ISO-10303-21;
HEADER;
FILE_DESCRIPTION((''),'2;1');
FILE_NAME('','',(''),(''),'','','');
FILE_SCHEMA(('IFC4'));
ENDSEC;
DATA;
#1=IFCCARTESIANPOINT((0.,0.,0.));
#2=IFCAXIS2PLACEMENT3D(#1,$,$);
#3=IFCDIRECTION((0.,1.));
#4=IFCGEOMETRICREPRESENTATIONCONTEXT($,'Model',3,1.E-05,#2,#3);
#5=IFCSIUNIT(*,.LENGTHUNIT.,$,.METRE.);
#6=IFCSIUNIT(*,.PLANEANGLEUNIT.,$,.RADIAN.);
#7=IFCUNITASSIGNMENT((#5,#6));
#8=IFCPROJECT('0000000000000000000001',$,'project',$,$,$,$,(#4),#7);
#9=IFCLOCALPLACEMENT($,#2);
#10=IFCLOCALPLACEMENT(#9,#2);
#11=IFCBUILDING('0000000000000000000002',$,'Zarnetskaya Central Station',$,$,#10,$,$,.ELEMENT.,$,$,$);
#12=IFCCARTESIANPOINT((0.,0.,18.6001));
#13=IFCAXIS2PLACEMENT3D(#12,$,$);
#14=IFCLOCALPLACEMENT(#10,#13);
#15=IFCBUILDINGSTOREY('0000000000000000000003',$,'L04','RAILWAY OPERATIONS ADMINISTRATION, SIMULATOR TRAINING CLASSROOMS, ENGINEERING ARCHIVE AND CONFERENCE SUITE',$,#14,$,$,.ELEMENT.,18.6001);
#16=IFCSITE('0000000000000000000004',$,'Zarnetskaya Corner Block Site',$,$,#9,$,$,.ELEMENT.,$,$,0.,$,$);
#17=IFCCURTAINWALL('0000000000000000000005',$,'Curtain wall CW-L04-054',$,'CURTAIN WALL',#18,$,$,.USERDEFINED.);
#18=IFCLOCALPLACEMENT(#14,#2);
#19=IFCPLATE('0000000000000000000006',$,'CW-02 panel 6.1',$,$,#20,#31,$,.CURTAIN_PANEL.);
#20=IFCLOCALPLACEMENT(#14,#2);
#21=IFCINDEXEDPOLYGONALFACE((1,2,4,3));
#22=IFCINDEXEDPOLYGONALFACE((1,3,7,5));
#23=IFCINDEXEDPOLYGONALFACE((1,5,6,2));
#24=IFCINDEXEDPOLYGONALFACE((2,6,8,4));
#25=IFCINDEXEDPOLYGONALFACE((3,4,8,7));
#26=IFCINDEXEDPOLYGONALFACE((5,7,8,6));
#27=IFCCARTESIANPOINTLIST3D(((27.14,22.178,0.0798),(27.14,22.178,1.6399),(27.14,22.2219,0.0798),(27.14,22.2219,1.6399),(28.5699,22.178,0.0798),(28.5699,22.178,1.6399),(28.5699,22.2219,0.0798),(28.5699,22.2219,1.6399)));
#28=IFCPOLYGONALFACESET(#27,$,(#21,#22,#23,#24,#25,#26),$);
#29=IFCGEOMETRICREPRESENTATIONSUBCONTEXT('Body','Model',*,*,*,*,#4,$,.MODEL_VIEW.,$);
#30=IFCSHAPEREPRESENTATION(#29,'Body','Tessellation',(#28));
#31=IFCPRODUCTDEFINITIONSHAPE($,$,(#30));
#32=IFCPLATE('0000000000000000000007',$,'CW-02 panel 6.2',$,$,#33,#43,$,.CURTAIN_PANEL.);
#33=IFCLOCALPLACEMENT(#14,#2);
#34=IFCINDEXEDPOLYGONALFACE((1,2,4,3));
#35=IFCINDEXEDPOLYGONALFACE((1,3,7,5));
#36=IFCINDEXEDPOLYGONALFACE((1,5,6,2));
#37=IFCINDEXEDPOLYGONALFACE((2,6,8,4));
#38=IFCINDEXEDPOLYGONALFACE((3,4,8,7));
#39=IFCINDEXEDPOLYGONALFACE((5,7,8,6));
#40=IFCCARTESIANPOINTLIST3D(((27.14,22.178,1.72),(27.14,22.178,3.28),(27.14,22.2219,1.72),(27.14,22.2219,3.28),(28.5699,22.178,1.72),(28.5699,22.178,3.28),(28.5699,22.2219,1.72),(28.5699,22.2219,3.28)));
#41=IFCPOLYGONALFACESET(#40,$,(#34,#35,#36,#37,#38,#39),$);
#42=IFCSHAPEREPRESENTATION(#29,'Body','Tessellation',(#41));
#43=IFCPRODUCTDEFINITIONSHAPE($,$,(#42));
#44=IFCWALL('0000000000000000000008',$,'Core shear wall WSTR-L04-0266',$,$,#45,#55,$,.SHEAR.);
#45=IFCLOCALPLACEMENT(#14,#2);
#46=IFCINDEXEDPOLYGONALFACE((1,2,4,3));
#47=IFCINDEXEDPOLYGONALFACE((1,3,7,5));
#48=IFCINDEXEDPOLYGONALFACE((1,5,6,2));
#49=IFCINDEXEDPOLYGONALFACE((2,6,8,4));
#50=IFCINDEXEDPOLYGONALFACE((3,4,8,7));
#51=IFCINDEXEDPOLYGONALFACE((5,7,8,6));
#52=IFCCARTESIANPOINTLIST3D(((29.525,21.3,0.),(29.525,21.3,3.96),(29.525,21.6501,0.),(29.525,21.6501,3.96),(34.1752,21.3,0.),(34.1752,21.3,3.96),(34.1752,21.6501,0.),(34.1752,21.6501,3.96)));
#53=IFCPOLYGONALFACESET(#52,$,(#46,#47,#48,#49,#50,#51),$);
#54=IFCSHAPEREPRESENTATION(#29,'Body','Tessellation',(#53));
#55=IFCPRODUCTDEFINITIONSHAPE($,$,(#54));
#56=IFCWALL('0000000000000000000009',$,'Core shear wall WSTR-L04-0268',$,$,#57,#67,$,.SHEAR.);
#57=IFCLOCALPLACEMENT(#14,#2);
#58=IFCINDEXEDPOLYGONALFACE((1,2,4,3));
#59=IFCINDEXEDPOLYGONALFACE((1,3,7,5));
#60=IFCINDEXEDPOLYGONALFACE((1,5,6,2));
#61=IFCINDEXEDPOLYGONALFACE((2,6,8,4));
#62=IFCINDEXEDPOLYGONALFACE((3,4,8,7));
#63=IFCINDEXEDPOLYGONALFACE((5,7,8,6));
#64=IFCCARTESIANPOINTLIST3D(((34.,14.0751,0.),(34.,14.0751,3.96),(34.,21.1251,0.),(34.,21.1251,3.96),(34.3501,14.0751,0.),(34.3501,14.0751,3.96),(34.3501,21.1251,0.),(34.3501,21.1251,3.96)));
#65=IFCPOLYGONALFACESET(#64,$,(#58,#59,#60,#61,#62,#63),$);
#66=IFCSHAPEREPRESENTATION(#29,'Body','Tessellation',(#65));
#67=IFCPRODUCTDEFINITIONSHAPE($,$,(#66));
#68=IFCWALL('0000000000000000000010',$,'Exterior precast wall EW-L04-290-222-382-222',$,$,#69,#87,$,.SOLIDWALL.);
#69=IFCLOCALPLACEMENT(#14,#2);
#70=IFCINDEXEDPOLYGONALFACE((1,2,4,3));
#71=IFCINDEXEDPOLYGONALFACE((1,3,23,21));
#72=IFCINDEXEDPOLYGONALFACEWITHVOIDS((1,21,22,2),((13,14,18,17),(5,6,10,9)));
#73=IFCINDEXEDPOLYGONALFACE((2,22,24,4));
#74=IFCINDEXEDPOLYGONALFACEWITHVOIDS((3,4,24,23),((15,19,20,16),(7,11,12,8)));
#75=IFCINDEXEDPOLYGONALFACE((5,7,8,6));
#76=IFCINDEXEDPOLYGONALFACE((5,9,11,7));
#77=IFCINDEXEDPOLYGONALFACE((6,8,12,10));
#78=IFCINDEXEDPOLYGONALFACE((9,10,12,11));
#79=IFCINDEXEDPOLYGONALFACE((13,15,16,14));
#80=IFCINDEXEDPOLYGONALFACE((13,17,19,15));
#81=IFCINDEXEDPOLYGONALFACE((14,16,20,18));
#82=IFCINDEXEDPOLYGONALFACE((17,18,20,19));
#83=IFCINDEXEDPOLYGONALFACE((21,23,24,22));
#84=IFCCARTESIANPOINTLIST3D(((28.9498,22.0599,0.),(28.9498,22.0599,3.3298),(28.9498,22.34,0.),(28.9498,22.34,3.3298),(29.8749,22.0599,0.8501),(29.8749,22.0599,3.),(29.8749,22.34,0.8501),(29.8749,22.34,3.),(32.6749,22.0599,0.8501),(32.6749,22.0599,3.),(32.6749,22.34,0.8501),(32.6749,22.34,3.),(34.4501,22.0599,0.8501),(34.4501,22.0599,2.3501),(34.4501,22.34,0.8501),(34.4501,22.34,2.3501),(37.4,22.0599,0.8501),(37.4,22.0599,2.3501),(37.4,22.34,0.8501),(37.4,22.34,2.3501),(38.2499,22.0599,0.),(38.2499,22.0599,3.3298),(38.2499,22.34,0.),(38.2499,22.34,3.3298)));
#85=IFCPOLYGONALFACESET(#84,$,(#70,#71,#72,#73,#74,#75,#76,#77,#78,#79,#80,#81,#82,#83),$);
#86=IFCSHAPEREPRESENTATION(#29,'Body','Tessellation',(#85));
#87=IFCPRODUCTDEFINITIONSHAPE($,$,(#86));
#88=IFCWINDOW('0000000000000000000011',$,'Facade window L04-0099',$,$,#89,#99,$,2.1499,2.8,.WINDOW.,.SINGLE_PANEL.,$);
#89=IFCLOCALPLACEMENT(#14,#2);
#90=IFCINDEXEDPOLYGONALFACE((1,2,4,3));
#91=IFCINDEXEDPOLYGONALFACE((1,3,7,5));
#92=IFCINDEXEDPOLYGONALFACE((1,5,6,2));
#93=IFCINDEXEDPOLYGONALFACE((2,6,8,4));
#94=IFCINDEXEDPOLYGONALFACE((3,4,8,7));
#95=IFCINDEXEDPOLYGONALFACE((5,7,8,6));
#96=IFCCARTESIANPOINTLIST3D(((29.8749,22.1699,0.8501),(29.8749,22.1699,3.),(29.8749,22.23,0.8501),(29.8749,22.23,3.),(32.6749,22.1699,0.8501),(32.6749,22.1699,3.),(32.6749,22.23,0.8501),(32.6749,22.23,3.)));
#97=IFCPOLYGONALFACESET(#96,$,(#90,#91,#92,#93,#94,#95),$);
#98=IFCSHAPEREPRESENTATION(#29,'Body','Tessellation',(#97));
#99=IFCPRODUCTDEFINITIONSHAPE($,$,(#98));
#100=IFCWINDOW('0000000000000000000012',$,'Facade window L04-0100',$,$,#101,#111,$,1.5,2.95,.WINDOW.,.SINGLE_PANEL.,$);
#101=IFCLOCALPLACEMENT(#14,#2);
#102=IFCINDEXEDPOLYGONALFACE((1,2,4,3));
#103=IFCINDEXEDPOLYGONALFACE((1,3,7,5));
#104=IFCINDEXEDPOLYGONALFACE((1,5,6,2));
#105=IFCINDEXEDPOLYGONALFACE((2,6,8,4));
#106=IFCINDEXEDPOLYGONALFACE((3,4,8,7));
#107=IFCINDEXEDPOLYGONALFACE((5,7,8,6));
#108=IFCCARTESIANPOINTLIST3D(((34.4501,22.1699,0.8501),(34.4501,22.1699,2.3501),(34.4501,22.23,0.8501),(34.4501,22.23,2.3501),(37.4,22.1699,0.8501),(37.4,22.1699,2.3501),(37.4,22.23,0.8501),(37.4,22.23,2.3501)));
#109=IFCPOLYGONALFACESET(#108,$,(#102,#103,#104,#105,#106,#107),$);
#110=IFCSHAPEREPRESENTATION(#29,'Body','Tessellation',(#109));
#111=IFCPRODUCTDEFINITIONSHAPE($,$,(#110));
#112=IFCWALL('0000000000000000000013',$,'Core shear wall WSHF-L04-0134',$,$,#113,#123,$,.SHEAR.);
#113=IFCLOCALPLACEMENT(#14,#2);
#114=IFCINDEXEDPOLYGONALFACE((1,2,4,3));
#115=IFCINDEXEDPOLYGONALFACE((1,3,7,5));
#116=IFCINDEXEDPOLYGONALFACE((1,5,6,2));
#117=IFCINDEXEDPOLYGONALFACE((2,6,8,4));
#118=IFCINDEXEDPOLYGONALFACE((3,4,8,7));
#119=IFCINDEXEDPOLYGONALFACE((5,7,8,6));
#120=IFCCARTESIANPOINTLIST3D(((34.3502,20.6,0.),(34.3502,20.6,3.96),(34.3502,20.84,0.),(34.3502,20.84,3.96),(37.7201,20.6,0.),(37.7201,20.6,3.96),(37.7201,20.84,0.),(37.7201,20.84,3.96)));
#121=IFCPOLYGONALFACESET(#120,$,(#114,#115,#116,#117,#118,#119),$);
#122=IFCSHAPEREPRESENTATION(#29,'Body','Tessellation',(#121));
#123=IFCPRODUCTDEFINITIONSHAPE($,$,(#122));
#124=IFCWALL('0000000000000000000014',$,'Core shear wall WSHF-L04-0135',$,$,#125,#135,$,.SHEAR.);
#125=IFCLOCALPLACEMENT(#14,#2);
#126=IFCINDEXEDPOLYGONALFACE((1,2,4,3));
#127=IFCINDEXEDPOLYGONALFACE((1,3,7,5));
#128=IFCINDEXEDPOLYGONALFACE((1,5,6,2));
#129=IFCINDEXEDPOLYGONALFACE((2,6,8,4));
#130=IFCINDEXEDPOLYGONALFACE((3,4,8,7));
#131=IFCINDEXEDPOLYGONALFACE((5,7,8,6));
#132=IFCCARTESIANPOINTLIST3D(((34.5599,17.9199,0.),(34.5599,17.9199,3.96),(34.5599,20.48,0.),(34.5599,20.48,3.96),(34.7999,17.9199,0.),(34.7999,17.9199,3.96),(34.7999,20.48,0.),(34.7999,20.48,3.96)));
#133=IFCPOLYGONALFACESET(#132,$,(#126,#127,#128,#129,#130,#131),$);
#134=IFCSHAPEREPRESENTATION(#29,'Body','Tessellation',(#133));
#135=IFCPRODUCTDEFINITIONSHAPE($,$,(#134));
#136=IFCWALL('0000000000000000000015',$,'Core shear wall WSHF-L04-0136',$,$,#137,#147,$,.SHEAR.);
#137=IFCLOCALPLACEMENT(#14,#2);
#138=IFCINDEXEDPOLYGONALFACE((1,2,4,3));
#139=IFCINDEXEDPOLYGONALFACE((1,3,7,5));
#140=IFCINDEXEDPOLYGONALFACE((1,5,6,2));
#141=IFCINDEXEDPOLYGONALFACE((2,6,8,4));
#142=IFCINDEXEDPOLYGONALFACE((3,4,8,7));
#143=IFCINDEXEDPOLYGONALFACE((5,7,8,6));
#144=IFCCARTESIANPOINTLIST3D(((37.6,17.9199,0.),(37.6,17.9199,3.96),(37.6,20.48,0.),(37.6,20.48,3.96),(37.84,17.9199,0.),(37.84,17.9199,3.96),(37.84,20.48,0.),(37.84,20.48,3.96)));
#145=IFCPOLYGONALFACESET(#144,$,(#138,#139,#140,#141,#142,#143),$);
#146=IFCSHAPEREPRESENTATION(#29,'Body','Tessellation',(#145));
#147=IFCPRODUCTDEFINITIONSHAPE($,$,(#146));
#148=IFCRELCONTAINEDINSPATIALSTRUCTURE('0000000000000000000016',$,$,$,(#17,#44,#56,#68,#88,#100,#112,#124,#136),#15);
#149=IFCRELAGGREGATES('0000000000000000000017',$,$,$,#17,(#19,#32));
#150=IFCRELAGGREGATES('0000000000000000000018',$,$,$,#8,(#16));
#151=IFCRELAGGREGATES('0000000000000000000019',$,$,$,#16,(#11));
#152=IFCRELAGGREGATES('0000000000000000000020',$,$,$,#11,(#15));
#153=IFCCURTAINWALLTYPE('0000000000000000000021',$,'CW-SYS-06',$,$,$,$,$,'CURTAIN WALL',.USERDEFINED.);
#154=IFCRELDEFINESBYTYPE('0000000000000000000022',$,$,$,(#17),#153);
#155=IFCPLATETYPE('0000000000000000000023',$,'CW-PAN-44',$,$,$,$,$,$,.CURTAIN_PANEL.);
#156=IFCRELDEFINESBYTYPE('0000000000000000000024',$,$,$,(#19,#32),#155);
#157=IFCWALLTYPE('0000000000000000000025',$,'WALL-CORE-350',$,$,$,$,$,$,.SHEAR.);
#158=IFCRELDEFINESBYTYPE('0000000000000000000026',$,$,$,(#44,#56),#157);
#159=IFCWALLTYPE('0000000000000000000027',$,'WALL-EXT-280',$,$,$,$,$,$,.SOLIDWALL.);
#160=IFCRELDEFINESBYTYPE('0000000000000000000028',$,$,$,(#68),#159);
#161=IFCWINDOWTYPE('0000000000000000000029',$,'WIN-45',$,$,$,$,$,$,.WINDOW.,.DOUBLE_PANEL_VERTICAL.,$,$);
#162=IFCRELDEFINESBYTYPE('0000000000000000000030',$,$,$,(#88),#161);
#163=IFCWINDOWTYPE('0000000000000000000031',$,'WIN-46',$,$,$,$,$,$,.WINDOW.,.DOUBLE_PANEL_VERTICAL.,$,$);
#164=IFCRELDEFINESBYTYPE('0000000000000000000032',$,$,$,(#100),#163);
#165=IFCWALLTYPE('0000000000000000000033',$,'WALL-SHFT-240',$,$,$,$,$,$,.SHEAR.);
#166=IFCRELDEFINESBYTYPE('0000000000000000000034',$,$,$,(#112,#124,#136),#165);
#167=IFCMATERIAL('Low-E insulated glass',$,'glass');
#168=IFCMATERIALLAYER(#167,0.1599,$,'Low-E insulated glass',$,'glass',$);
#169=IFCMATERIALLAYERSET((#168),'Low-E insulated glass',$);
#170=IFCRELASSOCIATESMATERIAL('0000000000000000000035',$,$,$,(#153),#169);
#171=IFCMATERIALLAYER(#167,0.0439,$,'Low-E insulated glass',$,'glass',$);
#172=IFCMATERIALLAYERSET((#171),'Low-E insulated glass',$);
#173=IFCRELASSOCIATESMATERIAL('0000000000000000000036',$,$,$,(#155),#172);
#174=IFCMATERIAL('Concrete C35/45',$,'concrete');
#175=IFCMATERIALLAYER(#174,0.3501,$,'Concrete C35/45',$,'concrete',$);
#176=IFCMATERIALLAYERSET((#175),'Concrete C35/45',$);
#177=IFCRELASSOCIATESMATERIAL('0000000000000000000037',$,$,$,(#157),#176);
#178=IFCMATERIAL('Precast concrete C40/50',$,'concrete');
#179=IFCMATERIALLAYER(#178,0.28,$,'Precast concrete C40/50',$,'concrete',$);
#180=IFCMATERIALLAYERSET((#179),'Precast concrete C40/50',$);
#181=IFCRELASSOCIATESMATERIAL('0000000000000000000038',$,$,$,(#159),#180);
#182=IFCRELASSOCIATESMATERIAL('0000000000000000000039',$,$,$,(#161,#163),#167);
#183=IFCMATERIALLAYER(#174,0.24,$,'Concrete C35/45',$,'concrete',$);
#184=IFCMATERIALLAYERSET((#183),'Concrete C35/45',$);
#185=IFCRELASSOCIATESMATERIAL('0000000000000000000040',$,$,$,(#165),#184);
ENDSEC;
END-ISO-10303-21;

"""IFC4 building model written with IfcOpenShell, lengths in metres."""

from ifc_helpers import new_model, si_unit, direction, frame, frame_2d, origin, origin_2d, place, context, subcontext, project, spatial, rectangle, extrude, material, layer, layer_set, type_object, element, fill, aggregate, save


model = new_model("IFC4")

# Units and contexts
model_context = context("Model", 3, precision=1e-05, world=origin(), true_north=direction((0.0, 1.0)))
body_context = subcontext(model_context, "Body", "Model", "MODEL_VIEW")
ifc_project = project(units=[si_unit("LENGTHUNIT", "METRE"), si_unit("PLANEANGLEUNIT", "RADIAN")], contexts=[model_context])

# Site, building, storey
site_placement = place(None, origin())
site = spatial("IfcSite", under=ifc_project, at=site_placement, Name="Zarnetskaya Corner Block Site", CompositionType="ELEMENT", RefElevation=0.0)
building_placement = place(site_placement, origin())
building = spatial("IfcBuilding", under=site, at=building_placement, Name="Zarnetskaya Central Station", CompositionType="ELEMENT")
storey_placement = place(building_placement, frame((0.0, 0.0, 18.6001)))
storey = spatial("IfcBuildingStorey", under=building, at=storey_placement, Name="L04", Description="RAILWAY OPERATIONS ADMINISTRATION, SIMULATOR TRAINING CLASSROOMS, ENGINEERING ARCHIVE AND CONFERENCE SUITE", CompositionType="ELEMENT", Elevation=18.6001)

# Curtain wall
ifc_material_1 = material(Name="Low-E insulated glass", Category="glass")
ifc_layer_1 = layer(ifc_material_1, 0.1599, Name="Low-E insulated glass", Category="glass")
ifc_layer_set_1 = layer_set([ifc_layer_1], Name="Low-E insulated glass")
curtain_wall_type = type_object("IfcCurtainWallType", Name="CW-SYS-06", ElementType="CURTAIN WALL", PredefinedType="USERDEFINED", material=ifc_layer_set_1)
curtain_wall_placement = place(storey_placement, origin())
curtain_wall = element("IfcCurtainWall", 1, at=curtain_wall_placement, inside=storey, type_object=curtain_wall_type, Name="Curtain wall CW-L04-054", ObjectType="CURTAIN WALL", PredefinedType="USERDEFINED")

# Plates
ifc_layer_2 = layer(ifc_material_1, 0.0439, Name="Low-E insulated glass", Category="glass")
ifc_layer_set_2 = layer_set([ifc_layer_2], Name="Low-E insulated glass")
plate_type = type_object("IfcPlateType", Name="CW-PAN-44", PredefinedType="CURTAIN_PANEL", material=ifc_layer_set_2)
plate_1_placement = place(storey_placement, frame((27.855, 22.2, 0.0798), z_axis=(0.0, 0.0, 1.0), x_axis=(1.0, 0.0, 0.0)))
plate_1 = element("IfcPlate", 2, at=plate_1_placement, type_object=plate_type, Name="CW-02 panel 6.1", PredefinedType="CURTAIN_PANEL", context=body_context, shape_type="SweptSolid", body=[
    extrude(rectangle(XDim=1.4299, YDim=0.0439, at=origin_2d()), origin(), (0.0, 0.0, 1.0), 1.5601),
])
plate_2_placement = place(storey_placement, frame((27.855, 22.2, 1.72), z_axis=(0.0, 0.0, 1.0), x_axis=(1.0, 0.0, 0.0)))
plate_2 = element("IfcPlate", 3, at=plate_2_placement, type_object=plate_type, Name="CW-02 panel 6.2", PredefinedType="CURTAIN_PANEL", context=body_context, shape_type="SweptSolid", body=[
    extrude(rectangle(XDim=1.4299, YDim=0.0439, at=origin_2d()), origin(), (0.0, 0.0, 1.0), 1.5601),
])
aggregate(curtain_wall, [plate_1, plate_2])

# Walls
ifc_material_2 = material(Name="Concrete C35/45", Category="concrete")
ifc_layer_3 = layer(ifc_material_2, 0.3501, Name="Concrete C35/45", Category="concrete")
ifc_layer_set_3 = layer_set([ifc_layer_3], Name="Concrete C35/45")
wall_type_1 = type_object("IfcWallType", Name="WALL-CORE-350", PredefinedType="SHEAR", material=ifc_layer_set_3)
wall_1_placement = place(storey_placement, frame((29.5249, 21.4751, 0.0), z_axis=(0.0, 0.0, 1.0), x_axis=(1.0, 0.0, 0.0)))
element("IfcWall", 4, at=wall_1_placement, inside=storey, type_object=wall_type_1, Name="Core shear wall WSTR-L04-0266", PredefinedType="SHEAR", context=body_context, shape_type="SweptSolid", body=[
    extrude(rectangle(XDim=4.6501, YDim=0.3501, at=frame_2d((2.3252, 0.0))), origin(), (0.0, 0.0, 1.0), 3.96),
])
wall_2_placement = place(storey_placement, frame((34.175, 21.125, 0.0), z_axis=(0.0, 0.0, 1.0), x_axis=(0.0, -1.0, 0.0)))
element("IfcWall", 5, at=wall_2_placement, inside=storey, type_object=wall_type_1, Name="Core shear wall WSTR-L04-0268", PredefinedType="SHEAR", context=body_context, shape_type="SweptSolid", body=[
    extrude(rectangle(XDim=7.05, YDim=0.3501, at=frame_2d((3.5249, 0.0))), origin(), (0.0, 0.0, 1.0), 3.96),
])

# Wall, openings, windows
ifc_material_3 = material(Name="Precast concrete C40/50", Category="concrete")
ifc_layer_4 = layer(ifc_material_3, 0.28, Name="Precast concrete C40/50", Category="concrete")
ifc_layer_set_4 = layer_set([ifc_layer_4], Name="Precast concrete C40/50")
wall_type_2 = type_object("IfcWallType", Name="WALL-EXT-280", PredefinedType="SOLIDWALL", material=ifc_layer_set_4)
wall_3_placement = place(storey_placement, frame((28.95, 22.2, 0.0), z_axis=(0.0, 0.0, 1.0), x_axis=(1.0, 0.0, 0.0)))
wall_3 = element("IfcWall", 6, at=wall_3_placement, inside=storey, type_object=wall_type_2, Name="Exterior precast wall EW-L04-290-222-382-222", PredefinedType="SOLIDWALL", context=body_context, shape_type="SweptSolid", body=[
    extrude(rectangle(XDim=9.3, YDim=0.28, at=frame_2d((4.6499, 0.0))), origin(), (0.0, 0.0, 1.0), 3.3298),
])
opening_1_placement = place(wall_3_placement, frame((0.925, 0.0, 0.8501)))
opening_1 = element("IfcOpeningElement", 7, at=opening_1_placement, cuts=wall_3, PredefinedType="OPENING", context=body_context, shape_type="SweptSolid", body=[
    extrude(rectangle(XDim=2.8, YDim=2.1499, at=frame_2d((1.3999, 1.075))), frame((0.0, 0.1499, 0.0), z_axis=(0.0, -1.0, 0.0), x_axis=(1.0, 0.0, 0.0)), (0.0, 0.0, 1.0), 0.3),
])
opening_2_placement = place(wall_3_placement, frame((5.5, 0.0, 0.8501)))
opening_2 = element("IfcOpeningElement", 8, at=opening_2_placement, cuts=wall_3, PredefinedType="OPENING", context=body_context, shape_type="SweptSolid", body=[
    extrude(rectangle(XDim=2.95, YDim=1.5, at=frame_2d((1.4751, 0.75))), frame((0.0, 0.1499, 0.0), z_axis=(0.0, -1.0, 0.0), x_axis=(1.0, 0.0, 0.0)), (0.0, 0.0, 1.0), 0.3),
])
window_type_1 = type_object("IfcWindowType", Name="WIN-45", PartitioningType="DOUBLE_PANEL_VERTICAL", PredefinedType="WINDOW", material=ifc_material_1)
window_1_placement = place(opening_1_placement, origin())
window_1 = element("IfcWindow", 9, at=window_1_placement, inside=storey, type_object=window_type_1, Name="Facade window L04-0099", OverallHeight=2.1499, OverallWidth=2.8, PartitioningType="SINGLE_PANEL", PredefinedType="WINDOW", context=body_context, shape_type="SweptSolid", body=[
    extrude(rectangle(XDim=2.8, YDim=2.1499, at=frame_2d((1.3999, 1.075))), frame((0.0, 0.03, 0.0), z_axis=(0.0, -1.0, 0.0), x_axis=(1.0, 0.0, 0.0)), (0.0, 0.0, 1.0), 0.0601),
])
fill(opening_1, window_1)
window_type_2 = type_object("IfcWindowType", Name="WIN-46", PartitioningType="DOUBLE_PANEL_VERTICAL", PredefinedType="WINDOW", material=ifc_material_1)
window_2_placement = place(opening_2_placement, origin())
window_2 = element("IfcWindow", 10, at=window_2_placement, inside=storey, type_object=window_type_2, Name="Facade window L04-0100", OverallHeight=1.5, OverallWidth=2.95, PartitioningType="SINGLE_PANEL", PredefinedType="WINDOW", context=body_context, shape_type="SweptSolid", body=[
    extrude(rectangle(XDim=2.95, YDim=1.5, at=frame_2d((1.4751, 0.75))), frame((0.0, 0.03, 0.0), z_axis=(0.0, -1.0, 0.0), x_axis=(1.0, 0.0, 0.0)), (0.0, 0.0, 1.0), 0.0601),
])
fill(opening_2, window_2)

# Shared definitions
ifc_layer_5 = layer(ifc_material_2, 0.24, Name="Concrete C35/45", Category="concrete")
ifc_layer_set_5 = layer_set([ifc_layer_5], Name="Concrete C35/45")
wall_type_3 = type_object("IfcWallType", Name="WALL-SHFT-240", PredefinedType="SHEAR", material=ifc_layer_set_5)

# Walls
wall_4_placement = place(storey_placement, frame((34.3501, 20.72, 0.0), z_axis=(0.0, 0.0, 1.0), x_axis=(1.0, 0.0, 0.0)))
element("IfcWall", 11, at=wall_4_placement, inside=storey, type_object=wall_type_3, Name="Core shear wall WSHF-L04-0134", PredefinedType="SHEAR", context=body_context, shape_type="SweptSolid", body=[
    extrude(rectangle(XDim=3.3699, YDim=0.24, at=frame_2d((1.6851, 0.0))), origin(), (0.0, 0.0, 1.0), 3.96),
])
for number, where, z_axis, x_axis, name in (
    (12, (34.6799, 17.9199, 0.0), (0.0, 0.0, 1.0), (0.0, 1.0, 0.0), "Core shear wall WSHF-L04-0135"),
    (13, (37.72, 20.48, 0.0), (0.0, 0.0, 1.0), (0.0, -1.0, 0.0), "Core shear wall WSHF-L04-0136"),
):
    element("IfcWall", number, at=place(storey_placement, frame(where, z_axis=z_axis, x_axis=x_axis)), inside=storey, type_object=wall_type_3, Name=name, PredefinedType="SHEAR", context=body_context, shape_type="SweptSolid", body=[
        extrude(rectangle(XDim=2.5601, YDim=0.24, at=frame_2d((1.28, 0.0))), origin(), (0.0, 0.0, 1.0), 3.96),
    ])

save(model, "model.ifc")
